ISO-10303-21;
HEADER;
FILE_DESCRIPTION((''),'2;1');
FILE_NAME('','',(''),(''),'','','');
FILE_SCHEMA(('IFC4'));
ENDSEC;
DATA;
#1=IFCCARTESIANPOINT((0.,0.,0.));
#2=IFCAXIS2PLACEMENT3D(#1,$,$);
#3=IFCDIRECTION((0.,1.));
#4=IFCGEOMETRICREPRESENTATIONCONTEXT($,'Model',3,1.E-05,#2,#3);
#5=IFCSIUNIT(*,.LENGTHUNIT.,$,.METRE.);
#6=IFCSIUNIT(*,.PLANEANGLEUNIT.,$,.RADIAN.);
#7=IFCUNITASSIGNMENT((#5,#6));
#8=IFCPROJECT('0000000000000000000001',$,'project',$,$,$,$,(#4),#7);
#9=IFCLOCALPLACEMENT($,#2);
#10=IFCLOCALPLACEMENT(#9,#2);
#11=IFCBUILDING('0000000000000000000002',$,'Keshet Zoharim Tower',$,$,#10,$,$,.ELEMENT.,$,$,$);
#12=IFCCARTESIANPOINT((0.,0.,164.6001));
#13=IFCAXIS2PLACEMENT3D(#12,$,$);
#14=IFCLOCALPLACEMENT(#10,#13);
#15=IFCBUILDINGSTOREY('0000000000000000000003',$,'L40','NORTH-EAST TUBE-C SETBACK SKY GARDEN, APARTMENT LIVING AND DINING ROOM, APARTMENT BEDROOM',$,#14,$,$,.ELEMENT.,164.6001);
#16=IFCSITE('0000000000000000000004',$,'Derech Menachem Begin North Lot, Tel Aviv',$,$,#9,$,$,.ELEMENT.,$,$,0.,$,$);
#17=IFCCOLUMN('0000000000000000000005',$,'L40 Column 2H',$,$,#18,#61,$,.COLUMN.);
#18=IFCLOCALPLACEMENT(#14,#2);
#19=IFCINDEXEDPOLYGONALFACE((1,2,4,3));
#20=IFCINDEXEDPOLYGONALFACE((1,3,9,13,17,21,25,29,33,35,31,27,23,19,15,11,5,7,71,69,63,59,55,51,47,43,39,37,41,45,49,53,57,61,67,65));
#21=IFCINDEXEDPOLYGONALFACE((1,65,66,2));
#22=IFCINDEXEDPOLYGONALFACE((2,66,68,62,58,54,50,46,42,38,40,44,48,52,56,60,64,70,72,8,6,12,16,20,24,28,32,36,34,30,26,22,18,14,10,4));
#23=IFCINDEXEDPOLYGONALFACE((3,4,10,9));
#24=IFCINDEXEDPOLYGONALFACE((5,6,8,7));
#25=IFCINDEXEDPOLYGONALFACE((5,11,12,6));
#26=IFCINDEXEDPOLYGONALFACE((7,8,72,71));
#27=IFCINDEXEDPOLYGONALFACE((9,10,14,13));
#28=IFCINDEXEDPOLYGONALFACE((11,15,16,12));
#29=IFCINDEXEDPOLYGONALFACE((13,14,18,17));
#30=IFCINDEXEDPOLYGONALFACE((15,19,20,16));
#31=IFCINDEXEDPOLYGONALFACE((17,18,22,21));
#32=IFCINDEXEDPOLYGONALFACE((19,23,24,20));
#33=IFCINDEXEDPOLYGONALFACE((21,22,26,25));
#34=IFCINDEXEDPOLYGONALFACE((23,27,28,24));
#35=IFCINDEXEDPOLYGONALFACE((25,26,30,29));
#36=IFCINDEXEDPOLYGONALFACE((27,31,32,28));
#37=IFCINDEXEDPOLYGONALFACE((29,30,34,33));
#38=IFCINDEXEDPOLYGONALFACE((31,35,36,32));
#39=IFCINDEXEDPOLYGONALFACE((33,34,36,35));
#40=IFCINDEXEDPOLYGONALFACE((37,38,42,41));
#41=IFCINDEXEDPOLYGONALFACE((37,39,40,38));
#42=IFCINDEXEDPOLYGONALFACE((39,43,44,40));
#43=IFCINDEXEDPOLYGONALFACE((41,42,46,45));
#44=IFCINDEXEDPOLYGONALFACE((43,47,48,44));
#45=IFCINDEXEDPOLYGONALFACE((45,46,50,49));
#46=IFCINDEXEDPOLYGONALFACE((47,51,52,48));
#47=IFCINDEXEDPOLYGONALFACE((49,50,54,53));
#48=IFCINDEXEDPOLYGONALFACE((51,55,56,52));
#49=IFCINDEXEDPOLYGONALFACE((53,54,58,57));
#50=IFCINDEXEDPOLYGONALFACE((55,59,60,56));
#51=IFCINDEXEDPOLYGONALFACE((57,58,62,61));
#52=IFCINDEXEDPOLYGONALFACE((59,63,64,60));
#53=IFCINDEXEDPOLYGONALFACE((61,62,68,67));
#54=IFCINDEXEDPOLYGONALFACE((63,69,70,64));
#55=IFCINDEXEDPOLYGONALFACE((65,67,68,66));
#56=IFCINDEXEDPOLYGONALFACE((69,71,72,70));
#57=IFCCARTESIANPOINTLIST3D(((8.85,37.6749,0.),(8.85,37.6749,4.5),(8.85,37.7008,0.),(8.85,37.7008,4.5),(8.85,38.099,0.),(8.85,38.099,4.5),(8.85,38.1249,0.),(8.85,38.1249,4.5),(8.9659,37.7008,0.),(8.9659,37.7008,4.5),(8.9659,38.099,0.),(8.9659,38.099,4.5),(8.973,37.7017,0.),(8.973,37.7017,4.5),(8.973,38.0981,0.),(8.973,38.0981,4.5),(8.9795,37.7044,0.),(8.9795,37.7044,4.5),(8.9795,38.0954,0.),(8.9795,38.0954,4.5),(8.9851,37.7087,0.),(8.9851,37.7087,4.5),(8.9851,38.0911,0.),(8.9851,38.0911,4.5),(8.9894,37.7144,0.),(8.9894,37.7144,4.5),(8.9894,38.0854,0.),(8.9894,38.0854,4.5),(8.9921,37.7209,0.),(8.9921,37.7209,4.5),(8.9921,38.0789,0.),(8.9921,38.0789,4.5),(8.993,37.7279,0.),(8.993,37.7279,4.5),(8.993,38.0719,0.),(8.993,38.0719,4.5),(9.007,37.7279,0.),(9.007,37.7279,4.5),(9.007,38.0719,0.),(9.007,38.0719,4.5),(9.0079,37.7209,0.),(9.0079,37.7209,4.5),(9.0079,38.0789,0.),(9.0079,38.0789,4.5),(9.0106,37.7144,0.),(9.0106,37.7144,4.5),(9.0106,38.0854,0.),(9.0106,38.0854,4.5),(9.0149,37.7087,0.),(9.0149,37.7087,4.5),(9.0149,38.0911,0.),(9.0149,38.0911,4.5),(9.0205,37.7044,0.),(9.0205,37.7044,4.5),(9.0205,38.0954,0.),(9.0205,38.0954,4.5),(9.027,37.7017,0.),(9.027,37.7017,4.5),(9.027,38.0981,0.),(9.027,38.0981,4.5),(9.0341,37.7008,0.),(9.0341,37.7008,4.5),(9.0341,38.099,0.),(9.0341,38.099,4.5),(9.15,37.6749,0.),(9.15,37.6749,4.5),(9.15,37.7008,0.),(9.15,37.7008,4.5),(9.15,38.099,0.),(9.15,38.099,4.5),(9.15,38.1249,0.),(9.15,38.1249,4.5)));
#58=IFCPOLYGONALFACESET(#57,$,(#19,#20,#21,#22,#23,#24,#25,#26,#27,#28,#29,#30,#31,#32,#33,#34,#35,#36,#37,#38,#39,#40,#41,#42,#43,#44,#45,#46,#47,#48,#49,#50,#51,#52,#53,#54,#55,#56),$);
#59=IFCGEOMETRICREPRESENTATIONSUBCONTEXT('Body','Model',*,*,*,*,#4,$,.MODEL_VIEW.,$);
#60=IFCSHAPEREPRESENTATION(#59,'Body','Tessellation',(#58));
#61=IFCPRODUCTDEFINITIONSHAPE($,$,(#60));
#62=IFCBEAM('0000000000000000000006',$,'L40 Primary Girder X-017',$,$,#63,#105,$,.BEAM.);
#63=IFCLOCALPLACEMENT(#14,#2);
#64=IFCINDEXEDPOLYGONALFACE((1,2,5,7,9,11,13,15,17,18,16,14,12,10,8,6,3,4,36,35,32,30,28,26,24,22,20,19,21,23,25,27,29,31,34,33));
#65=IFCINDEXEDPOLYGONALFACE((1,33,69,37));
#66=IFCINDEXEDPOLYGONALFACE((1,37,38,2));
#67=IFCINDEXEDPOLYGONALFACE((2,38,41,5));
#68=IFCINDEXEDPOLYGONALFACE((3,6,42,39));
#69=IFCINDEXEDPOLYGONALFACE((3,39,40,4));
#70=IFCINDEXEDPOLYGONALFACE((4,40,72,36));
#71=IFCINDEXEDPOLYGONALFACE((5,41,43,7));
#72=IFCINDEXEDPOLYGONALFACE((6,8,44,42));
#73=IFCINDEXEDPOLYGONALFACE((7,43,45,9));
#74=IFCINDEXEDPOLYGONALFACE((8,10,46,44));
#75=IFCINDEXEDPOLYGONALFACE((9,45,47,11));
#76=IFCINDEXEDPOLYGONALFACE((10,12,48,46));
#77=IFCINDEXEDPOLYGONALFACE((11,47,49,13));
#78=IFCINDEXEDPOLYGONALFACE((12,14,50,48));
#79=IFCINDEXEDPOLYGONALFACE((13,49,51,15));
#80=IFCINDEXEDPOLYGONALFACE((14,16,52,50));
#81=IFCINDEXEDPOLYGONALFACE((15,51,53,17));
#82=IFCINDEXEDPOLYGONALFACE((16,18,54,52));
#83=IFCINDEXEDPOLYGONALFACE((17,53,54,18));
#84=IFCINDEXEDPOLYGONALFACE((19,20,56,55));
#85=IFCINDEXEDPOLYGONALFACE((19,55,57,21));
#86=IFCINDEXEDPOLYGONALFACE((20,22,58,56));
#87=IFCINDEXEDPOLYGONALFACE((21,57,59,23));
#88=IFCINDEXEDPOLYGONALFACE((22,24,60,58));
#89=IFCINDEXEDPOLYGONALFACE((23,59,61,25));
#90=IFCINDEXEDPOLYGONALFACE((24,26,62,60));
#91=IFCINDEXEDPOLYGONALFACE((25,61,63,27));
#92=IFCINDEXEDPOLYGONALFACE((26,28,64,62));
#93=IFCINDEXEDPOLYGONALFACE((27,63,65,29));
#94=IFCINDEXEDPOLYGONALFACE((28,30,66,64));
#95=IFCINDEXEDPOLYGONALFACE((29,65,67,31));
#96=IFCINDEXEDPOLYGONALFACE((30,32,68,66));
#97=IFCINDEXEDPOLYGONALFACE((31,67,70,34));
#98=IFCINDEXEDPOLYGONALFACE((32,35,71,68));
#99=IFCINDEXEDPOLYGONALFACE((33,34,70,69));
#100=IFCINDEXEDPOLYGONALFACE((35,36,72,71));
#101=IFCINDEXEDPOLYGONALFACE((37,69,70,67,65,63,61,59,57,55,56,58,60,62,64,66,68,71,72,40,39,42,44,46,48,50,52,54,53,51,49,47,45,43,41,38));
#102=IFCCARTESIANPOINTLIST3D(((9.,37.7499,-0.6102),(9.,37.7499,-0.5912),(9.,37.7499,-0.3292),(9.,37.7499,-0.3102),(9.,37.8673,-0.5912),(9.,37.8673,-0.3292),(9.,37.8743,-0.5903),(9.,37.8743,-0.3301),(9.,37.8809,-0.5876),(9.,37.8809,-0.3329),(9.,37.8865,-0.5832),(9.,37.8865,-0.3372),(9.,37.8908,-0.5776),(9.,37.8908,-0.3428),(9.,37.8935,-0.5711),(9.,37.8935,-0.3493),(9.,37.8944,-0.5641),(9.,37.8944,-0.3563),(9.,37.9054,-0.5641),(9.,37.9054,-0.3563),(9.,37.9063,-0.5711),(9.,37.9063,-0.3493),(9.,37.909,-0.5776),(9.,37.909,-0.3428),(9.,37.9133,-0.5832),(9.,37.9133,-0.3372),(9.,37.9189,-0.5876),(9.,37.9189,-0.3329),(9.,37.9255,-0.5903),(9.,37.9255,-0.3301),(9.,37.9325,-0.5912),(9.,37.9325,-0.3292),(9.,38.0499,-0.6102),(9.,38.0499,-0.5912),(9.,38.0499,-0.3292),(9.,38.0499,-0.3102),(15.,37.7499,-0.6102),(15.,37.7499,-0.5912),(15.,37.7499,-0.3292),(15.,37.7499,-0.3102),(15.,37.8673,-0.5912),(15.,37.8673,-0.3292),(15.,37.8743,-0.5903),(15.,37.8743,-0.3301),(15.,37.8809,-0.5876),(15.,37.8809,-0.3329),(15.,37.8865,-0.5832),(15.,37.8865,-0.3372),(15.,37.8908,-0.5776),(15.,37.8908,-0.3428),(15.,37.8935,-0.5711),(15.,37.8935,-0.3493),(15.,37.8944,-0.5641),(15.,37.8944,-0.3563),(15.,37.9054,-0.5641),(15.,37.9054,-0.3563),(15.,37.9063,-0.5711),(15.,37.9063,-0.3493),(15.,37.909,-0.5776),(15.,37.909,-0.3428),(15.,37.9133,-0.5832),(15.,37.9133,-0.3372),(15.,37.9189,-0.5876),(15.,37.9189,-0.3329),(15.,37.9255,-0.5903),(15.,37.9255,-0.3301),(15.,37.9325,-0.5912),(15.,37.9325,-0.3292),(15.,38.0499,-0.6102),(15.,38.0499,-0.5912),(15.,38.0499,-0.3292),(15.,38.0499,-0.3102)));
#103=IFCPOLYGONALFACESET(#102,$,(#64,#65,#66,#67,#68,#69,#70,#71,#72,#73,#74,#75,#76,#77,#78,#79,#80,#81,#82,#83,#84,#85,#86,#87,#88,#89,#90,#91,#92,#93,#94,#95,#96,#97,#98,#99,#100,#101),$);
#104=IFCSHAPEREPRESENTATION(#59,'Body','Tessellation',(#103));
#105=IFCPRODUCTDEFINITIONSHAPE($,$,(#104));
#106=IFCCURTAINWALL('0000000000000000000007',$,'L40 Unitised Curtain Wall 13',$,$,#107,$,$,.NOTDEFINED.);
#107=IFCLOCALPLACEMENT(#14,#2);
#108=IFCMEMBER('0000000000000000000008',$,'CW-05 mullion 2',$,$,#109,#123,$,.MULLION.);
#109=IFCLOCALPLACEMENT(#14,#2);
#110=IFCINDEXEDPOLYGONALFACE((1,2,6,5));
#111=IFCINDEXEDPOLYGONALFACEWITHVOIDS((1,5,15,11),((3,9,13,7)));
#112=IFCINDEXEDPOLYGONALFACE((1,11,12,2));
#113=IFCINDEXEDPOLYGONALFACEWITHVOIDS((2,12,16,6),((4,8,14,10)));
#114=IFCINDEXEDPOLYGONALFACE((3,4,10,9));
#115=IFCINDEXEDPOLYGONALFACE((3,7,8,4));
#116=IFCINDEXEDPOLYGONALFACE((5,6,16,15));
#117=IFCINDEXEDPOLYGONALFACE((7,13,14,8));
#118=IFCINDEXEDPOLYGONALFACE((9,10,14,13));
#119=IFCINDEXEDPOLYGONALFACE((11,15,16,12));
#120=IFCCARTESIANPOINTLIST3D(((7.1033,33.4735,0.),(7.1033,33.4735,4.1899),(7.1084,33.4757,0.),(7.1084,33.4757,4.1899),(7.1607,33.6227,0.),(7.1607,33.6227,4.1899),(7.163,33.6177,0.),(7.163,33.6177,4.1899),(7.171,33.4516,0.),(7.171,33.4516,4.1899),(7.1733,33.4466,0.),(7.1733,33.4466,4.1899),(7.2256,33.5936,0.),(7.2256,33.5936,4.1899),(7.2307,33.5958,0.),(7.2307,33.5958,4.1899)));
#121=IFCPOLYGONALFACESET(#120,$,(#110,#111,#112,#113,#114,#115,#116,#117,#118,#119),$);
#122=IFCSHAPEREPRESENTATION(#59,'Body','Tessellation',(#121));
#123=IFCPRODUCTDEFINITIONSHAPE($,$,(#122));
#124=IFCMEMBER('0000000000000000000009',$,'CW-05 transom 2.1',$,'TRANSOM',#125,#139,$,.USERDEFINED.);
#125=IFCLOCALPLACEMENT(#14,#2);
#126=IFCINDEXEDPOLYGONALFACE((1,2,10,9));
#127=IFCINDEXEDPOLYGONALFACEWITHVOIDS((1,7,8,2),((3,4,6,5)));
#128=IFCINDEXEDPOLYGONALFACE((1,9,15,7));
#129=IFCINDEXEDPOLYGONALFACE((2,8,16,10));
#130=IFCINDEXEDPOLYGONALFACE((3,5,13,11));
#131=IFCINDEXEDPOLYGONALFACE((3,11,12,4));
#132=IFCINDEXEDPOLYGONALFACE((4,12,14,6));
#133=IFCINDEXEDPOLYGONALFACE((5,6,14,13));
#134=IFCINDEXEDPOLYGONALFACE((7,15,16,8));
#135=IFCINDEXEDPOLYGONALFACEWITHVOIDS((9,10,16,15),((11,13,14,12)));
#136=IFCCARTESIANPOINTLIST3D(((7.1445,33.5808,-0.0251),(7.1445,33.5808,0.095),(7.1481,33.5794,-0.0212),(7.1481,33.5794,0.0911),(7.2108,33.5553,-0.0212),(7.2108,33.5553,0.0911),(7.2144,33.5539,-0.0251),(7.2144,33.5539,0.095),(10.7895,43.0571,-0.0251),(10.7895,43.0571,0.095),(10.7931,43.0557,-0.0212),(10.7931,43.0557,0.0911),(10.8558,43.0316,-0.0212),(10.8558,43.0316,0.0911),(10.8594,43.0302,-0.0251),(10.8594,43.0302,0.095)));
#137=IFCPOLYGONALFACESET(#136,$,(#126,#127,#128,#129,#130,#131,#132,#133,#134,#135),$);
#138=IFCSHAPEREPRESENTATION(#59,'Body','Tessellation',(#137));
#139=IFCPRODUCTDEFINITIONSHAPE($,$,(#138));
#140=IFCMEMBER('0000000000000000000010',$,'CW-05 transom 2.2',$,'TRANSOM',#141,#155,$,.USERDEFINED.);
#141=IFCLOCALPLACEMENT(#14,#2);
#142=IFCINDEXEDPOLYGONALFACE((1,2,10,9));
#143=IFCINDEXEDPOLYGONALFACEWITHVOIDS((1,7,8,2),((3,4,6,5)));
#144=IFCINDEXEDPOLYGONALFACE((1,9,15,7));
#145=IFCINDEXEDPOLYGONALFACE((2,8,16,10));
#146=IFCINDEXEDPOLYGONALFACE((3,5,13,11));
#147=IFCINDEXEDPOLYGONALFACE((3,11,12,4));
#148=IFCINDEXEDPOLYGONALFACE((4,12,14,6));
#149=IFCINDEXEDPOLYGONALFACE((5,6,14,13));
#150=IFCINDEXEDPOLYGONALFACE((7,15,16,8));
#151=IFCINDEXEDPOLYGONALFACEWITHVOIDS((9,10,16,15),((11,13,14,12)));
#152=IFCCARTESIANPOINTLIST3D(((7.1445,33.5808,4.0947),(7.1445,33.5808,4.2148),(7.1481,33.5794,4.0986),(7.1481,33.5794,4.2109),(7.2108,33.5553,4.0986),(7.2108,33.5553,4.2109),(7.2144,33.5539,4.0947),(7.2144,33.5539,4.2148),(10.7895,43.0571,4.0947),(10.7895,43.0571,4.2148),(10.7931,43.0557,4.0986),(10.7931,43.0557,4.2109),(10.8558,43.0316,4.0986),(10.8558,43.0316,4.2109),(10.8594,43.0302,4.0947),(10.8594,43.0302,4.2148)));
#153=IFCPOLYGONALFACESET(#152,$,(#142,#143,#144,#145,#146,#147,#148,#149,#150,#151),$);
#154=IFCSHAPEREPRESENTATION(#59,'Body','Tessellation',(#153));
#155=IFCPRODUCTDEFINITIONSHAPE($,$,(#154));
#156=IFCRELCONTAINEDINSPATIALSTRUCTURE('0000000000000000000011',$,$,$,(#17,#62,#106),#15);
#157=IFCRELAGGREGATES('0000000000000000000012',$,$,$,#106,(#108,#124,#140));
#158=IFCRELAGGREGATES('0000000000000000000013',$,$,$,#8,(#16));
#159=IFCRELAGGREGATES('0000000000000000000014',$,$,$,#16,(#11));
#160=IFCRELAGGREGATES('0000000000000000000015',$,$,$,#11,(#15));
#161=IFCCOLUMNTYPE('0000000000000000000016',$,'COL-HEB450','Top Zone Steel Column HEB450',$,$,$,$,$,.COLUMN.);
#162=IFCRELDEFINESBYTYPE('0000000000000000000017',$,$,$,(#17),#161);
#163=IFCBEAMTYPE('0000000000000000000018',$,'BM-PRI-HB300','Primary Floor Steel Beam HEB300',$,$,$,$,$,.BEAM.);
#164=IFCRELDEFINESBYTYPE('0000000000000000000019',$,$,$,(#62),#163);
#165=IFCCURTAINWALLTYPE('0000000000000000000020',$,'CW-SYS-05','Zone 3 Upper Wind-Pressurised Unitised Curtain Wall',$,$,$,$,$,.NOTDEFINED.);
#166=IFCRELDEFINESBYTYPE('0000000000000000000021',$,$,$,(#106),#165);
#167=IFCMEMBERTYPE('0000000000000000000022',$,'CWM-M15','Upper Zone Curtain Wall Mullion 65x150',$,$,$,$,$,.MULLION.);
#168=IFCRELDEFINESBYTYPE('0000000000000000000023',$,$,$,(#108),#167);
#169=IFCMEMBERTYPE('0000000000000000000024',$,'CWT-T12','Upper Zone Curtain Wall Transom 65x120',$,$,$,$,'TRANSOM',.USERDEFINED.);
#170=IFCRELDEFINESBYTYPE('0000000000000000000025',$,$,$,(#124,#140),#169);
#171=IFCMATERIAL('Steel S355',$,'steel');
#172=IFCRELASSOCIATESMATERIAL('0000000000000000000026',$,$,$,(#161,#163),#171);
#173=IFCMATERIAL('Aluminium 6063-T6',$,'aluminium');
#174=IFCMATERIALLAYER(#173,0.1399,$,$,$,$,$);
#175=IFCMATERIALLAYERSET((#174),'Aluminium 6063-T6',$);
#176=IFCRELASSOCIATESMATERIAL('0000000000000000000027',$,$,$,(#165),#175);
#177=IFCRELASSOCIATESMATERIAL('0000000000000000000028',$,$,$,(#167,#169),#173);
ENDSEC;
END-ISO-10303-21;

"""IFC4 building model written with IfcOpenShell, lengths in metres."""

from ifc_helpers import new_model, si_unit, direction, frame, origin, origin_2d, place, context, subcontext, project, spatial, hollow_rectangle, i_section, extrude, material, layer, layer_set, material_profile, profile_set, type_object, element, aggregate, save


model = new_model("IFC4")

# Units and contexts
model_context = context("Model", 3, precision=1e-05, world=origin(), true_north=direction((0.0, 1.0)))
body_context = subcontext(model_context, "Body", "Model", "MODEL_VIEW")
ifc_project = project(units=[si_unit("LENGTHUNIT", "METRE"), si_unit("PLANEANGLEUNIT", "RADIAN")], contexts=[model_context])

# Site, building, storey
site_placement = place(None, origin())
site = spatial("IfcSite", under=ifc_project, at=site_placement, Name="Derech Menachem Begin North Lot, Tel Aviv", CompositionType="ELEMENT", RefElevation=0.0)
building_placement = place(site_placement, origin())
building = spatial("IfcBuilding", under=site, at=building_placement, Name="Keshet Zoharim Tower", CompositionType="ELEMENT")
storey_placement = place(building_placement, frame((0.0, 0.0, 164.6001)))
storey = spatial("IfcBuildingStorey", under=building, at=storey_placement, Name="L40", Description="NORTH-EAST TUBE-C SETBACK SKY GARDEN, APARTMENT LIVING AND DINING ROOM, APARTMENT BEDROOM", CompositionType="ELEMENT", Elevation=164.6001)

# Column
ifc_material_1 = material(Name="Steel S355", Category="steel")
ifc_material_profile_1 = material_profile(ifc_material_1, i_section(OverallWidth=0.3, OverallDepth=0.45, WebThickness=0.0139, FlangeThickness=0.0259, FilletRadius=0.0271, at=origin_2d()), Name="HEB450")
ifc_profile_set_1 = profile_set([ifc_material_profile_1], Name="Steel S355")
column_type = type_object("IfcColumnType", Name="COL-HEB450", Description="Top Zone Steel Column HEB450", PredefinedType="COLUMN", material=ifc_profile_set_1)
column_placement = place(storey_placement, frame((9.0, 37.8999, 0.0), z_axis=(0.0, 0.0, 1.0), x_axis=(1.0, 0.0, 0.0)))
element("IfcColumn", 1, at=column_placement, inside=storey, type_object=column_type, Name="L40 Column 2H", PredefinedType="COLUMN", context=body_context, shape_type="SweptSolid", body=[
    extrude(i_section(OverallWidth=0.3, OverallDepth=0.45, WebThickness=0.0139, FlangeThickness=0.0259, FilletRadius=0.0271, at=origin_2d()), origin(), (0.0, 0.0, 1.0), 4.5),
])

# Beam
ifc_material_profile_2 = material_profile(ifc_material_1, i_section(OverallWidth=0.3, OverallDepth=0.3, WebThickness=0.011, FlangeThickness=0.019, FilletRadius=0.0271, at=origin_2d()), Name="HEB300")
ifc_profile_set_2 = profile_set([ifc_material_profile_2], Name="Steel S355")
beam_type = type_object("IfcBeamType", Name="BM-PRI-HB300", Description="Primary Floor Steel Beam HEB300", PredefinedType="BEAM", material=ifc_profile_set_2)
beam_placement = place(storey_placement, frame((9.0, 37.8999, -0.4602), z_axis=(1.0, 0.0, 0.0), x_axis=(0.0, 1.0, 0.0)))
element("IfcBeam", 2, at=beam_placement, inside=storey, type_object=beam_type, Name="L40 Primary Girder X-017", PredefinedType="BEAM", context=body_context, shape_type="SweptSolid", body=[
    extrude(i_section(OverallWidth=0.3, OverallDepth=0.3, WebThickness=0.011, FlangeThickness=0.019, FilletRadius=0.0271, at=origin_2d()), origin(), (0.0, 0.0, 1.0), 6.0),
])

# Curtain wall, members
ifc_material_2 = material(Name="Aluminium 6063-T6", Category="aluminium")
ifc_layer_1 = layer(ifc_material_2, 0.1399)
ifc_layer_set_1 = layer_set([ifc_layer_1], Name="Aluminium 6063-T6")
curtain_wall_type = type_object("IfcCurtainWallType", Name="CW-SYS-05", Description="Zone 3 Upper Wind-Pressurised Unitised Curtain Wall", PredefinedType="NOTDEFINED", material=ifc_layer_set_1)
curtain_wall_placement = place(storey_placement, origin())
curtain_wall = element("IfcCurtainWall", 3, at=curtain_wall_placement, inside=storey, type_object=curtain_wall_type, Name="L40 Unitised Curtain Wall 13", PredefinedType="NOTDEFINED")
ifc_material_profile_3 = material_profile(ifc_material_2, hollow_rectangle(XDim=0.075, YDim=0.1599, WallThickness=0.0039, at=origin_2d()), Name="MUL-75x160")
ifc_profile_set_3 = profile_set([ifc_material_profile_3], Name="Aluminium 6063-T6")
member_type_1 = type_object("IfcMemberType", Name="CWM-M15", Description="Upper Zone Curtain Wall Mullion 65x150", PredefinedType="MULLION", material=ifc_profile_set_3)
member_1_placement = place(storey_placement, frame((7.167, 33.5347, 0.0), z_axis=(0.0, 0.0, 1.0), x_axis=(-0.933341, 0.35899, 0.0)))
member_1 = element("IfcMember", 4, at=member_1_placement, type_object=member_type_1, Name="CW-05 mullion 2", PredefinedType="MULLION", context=body_context, shape_type="SweptSolid", body=[
    extrude(hollow_rectangle(XDim=0.075, YDim=0.1599, WallThickness=0.0039, at=origin_2d()), origin(), (0.0, 0.0, 1.0), 4.1899),
])
ifc_material_profile_4 = material_profile(ifc_material_2, hollow_rectangle(XDim=0.075, YDim=0.1201, WallThickness=0.0039, at=origin_2d()), Name="TRN-75x120")
ifc_profile_set_4 = profile_set([ifc_material_profile_4], Name="Aluminium 6063-T6")
member_type_2 = type_object("IfcMemberType", Name="CWT-T12", Description="Upper Zone Curtain Wall Transom 65x120", ElementType="TRANSOM", PredefinedType="USERDEFINED", material=ifc_profile_set_4)
member_2_placement = place(storey_placement, frame((7.1794, 33.5674, 0.0349), z_axis=(0.359003, 0.933336, 0.0), x_axis=(-0.933336, 0.359003, 0.0)))
member_2 = element("IfcMember", 5, at=member_2_placement, type_object=member_type_2, Name="CW-05 transom 2.1", ObjectType="TRANSOM", PredefinedType="USERDEFINED", context=body_context, shape_type="SweptSolid", body=[
    extrude(hollow_rectangle(XDim=0.075, YDim=0.1201, WallThickness=0.0039, at=origin_2d()), origin(), (0.0, 0.0, 1.0), 10.1531),
])
member_3_placement = place(storey_placement, frame((7.1794, 33.5674, 4.1548), z_axis=(0.359003, 0.933336, 0.0), x_axis=(-0.933336, 0.359003, 0.0)))
member_3 = element("IfcMember", 6, at=member_3_placement, type_object=member_type_2, Name="CW-05 transom 2.2", ObjectType="TRANSOM", PredefinedType="USERDEFINED", context=body_context, shape_type="SweptSolid", body=[
    extrude(hollow_rectangle(XDim=0.075, YDim=0.1201, WallThickness=0.0039, at=origin_2d()), origin(), (0.0, 0.0, 1.0), 10.1531),
])

aggregate(curtain_wall, [member_1, member_2, member_3])

save(model, "model.ifc")
